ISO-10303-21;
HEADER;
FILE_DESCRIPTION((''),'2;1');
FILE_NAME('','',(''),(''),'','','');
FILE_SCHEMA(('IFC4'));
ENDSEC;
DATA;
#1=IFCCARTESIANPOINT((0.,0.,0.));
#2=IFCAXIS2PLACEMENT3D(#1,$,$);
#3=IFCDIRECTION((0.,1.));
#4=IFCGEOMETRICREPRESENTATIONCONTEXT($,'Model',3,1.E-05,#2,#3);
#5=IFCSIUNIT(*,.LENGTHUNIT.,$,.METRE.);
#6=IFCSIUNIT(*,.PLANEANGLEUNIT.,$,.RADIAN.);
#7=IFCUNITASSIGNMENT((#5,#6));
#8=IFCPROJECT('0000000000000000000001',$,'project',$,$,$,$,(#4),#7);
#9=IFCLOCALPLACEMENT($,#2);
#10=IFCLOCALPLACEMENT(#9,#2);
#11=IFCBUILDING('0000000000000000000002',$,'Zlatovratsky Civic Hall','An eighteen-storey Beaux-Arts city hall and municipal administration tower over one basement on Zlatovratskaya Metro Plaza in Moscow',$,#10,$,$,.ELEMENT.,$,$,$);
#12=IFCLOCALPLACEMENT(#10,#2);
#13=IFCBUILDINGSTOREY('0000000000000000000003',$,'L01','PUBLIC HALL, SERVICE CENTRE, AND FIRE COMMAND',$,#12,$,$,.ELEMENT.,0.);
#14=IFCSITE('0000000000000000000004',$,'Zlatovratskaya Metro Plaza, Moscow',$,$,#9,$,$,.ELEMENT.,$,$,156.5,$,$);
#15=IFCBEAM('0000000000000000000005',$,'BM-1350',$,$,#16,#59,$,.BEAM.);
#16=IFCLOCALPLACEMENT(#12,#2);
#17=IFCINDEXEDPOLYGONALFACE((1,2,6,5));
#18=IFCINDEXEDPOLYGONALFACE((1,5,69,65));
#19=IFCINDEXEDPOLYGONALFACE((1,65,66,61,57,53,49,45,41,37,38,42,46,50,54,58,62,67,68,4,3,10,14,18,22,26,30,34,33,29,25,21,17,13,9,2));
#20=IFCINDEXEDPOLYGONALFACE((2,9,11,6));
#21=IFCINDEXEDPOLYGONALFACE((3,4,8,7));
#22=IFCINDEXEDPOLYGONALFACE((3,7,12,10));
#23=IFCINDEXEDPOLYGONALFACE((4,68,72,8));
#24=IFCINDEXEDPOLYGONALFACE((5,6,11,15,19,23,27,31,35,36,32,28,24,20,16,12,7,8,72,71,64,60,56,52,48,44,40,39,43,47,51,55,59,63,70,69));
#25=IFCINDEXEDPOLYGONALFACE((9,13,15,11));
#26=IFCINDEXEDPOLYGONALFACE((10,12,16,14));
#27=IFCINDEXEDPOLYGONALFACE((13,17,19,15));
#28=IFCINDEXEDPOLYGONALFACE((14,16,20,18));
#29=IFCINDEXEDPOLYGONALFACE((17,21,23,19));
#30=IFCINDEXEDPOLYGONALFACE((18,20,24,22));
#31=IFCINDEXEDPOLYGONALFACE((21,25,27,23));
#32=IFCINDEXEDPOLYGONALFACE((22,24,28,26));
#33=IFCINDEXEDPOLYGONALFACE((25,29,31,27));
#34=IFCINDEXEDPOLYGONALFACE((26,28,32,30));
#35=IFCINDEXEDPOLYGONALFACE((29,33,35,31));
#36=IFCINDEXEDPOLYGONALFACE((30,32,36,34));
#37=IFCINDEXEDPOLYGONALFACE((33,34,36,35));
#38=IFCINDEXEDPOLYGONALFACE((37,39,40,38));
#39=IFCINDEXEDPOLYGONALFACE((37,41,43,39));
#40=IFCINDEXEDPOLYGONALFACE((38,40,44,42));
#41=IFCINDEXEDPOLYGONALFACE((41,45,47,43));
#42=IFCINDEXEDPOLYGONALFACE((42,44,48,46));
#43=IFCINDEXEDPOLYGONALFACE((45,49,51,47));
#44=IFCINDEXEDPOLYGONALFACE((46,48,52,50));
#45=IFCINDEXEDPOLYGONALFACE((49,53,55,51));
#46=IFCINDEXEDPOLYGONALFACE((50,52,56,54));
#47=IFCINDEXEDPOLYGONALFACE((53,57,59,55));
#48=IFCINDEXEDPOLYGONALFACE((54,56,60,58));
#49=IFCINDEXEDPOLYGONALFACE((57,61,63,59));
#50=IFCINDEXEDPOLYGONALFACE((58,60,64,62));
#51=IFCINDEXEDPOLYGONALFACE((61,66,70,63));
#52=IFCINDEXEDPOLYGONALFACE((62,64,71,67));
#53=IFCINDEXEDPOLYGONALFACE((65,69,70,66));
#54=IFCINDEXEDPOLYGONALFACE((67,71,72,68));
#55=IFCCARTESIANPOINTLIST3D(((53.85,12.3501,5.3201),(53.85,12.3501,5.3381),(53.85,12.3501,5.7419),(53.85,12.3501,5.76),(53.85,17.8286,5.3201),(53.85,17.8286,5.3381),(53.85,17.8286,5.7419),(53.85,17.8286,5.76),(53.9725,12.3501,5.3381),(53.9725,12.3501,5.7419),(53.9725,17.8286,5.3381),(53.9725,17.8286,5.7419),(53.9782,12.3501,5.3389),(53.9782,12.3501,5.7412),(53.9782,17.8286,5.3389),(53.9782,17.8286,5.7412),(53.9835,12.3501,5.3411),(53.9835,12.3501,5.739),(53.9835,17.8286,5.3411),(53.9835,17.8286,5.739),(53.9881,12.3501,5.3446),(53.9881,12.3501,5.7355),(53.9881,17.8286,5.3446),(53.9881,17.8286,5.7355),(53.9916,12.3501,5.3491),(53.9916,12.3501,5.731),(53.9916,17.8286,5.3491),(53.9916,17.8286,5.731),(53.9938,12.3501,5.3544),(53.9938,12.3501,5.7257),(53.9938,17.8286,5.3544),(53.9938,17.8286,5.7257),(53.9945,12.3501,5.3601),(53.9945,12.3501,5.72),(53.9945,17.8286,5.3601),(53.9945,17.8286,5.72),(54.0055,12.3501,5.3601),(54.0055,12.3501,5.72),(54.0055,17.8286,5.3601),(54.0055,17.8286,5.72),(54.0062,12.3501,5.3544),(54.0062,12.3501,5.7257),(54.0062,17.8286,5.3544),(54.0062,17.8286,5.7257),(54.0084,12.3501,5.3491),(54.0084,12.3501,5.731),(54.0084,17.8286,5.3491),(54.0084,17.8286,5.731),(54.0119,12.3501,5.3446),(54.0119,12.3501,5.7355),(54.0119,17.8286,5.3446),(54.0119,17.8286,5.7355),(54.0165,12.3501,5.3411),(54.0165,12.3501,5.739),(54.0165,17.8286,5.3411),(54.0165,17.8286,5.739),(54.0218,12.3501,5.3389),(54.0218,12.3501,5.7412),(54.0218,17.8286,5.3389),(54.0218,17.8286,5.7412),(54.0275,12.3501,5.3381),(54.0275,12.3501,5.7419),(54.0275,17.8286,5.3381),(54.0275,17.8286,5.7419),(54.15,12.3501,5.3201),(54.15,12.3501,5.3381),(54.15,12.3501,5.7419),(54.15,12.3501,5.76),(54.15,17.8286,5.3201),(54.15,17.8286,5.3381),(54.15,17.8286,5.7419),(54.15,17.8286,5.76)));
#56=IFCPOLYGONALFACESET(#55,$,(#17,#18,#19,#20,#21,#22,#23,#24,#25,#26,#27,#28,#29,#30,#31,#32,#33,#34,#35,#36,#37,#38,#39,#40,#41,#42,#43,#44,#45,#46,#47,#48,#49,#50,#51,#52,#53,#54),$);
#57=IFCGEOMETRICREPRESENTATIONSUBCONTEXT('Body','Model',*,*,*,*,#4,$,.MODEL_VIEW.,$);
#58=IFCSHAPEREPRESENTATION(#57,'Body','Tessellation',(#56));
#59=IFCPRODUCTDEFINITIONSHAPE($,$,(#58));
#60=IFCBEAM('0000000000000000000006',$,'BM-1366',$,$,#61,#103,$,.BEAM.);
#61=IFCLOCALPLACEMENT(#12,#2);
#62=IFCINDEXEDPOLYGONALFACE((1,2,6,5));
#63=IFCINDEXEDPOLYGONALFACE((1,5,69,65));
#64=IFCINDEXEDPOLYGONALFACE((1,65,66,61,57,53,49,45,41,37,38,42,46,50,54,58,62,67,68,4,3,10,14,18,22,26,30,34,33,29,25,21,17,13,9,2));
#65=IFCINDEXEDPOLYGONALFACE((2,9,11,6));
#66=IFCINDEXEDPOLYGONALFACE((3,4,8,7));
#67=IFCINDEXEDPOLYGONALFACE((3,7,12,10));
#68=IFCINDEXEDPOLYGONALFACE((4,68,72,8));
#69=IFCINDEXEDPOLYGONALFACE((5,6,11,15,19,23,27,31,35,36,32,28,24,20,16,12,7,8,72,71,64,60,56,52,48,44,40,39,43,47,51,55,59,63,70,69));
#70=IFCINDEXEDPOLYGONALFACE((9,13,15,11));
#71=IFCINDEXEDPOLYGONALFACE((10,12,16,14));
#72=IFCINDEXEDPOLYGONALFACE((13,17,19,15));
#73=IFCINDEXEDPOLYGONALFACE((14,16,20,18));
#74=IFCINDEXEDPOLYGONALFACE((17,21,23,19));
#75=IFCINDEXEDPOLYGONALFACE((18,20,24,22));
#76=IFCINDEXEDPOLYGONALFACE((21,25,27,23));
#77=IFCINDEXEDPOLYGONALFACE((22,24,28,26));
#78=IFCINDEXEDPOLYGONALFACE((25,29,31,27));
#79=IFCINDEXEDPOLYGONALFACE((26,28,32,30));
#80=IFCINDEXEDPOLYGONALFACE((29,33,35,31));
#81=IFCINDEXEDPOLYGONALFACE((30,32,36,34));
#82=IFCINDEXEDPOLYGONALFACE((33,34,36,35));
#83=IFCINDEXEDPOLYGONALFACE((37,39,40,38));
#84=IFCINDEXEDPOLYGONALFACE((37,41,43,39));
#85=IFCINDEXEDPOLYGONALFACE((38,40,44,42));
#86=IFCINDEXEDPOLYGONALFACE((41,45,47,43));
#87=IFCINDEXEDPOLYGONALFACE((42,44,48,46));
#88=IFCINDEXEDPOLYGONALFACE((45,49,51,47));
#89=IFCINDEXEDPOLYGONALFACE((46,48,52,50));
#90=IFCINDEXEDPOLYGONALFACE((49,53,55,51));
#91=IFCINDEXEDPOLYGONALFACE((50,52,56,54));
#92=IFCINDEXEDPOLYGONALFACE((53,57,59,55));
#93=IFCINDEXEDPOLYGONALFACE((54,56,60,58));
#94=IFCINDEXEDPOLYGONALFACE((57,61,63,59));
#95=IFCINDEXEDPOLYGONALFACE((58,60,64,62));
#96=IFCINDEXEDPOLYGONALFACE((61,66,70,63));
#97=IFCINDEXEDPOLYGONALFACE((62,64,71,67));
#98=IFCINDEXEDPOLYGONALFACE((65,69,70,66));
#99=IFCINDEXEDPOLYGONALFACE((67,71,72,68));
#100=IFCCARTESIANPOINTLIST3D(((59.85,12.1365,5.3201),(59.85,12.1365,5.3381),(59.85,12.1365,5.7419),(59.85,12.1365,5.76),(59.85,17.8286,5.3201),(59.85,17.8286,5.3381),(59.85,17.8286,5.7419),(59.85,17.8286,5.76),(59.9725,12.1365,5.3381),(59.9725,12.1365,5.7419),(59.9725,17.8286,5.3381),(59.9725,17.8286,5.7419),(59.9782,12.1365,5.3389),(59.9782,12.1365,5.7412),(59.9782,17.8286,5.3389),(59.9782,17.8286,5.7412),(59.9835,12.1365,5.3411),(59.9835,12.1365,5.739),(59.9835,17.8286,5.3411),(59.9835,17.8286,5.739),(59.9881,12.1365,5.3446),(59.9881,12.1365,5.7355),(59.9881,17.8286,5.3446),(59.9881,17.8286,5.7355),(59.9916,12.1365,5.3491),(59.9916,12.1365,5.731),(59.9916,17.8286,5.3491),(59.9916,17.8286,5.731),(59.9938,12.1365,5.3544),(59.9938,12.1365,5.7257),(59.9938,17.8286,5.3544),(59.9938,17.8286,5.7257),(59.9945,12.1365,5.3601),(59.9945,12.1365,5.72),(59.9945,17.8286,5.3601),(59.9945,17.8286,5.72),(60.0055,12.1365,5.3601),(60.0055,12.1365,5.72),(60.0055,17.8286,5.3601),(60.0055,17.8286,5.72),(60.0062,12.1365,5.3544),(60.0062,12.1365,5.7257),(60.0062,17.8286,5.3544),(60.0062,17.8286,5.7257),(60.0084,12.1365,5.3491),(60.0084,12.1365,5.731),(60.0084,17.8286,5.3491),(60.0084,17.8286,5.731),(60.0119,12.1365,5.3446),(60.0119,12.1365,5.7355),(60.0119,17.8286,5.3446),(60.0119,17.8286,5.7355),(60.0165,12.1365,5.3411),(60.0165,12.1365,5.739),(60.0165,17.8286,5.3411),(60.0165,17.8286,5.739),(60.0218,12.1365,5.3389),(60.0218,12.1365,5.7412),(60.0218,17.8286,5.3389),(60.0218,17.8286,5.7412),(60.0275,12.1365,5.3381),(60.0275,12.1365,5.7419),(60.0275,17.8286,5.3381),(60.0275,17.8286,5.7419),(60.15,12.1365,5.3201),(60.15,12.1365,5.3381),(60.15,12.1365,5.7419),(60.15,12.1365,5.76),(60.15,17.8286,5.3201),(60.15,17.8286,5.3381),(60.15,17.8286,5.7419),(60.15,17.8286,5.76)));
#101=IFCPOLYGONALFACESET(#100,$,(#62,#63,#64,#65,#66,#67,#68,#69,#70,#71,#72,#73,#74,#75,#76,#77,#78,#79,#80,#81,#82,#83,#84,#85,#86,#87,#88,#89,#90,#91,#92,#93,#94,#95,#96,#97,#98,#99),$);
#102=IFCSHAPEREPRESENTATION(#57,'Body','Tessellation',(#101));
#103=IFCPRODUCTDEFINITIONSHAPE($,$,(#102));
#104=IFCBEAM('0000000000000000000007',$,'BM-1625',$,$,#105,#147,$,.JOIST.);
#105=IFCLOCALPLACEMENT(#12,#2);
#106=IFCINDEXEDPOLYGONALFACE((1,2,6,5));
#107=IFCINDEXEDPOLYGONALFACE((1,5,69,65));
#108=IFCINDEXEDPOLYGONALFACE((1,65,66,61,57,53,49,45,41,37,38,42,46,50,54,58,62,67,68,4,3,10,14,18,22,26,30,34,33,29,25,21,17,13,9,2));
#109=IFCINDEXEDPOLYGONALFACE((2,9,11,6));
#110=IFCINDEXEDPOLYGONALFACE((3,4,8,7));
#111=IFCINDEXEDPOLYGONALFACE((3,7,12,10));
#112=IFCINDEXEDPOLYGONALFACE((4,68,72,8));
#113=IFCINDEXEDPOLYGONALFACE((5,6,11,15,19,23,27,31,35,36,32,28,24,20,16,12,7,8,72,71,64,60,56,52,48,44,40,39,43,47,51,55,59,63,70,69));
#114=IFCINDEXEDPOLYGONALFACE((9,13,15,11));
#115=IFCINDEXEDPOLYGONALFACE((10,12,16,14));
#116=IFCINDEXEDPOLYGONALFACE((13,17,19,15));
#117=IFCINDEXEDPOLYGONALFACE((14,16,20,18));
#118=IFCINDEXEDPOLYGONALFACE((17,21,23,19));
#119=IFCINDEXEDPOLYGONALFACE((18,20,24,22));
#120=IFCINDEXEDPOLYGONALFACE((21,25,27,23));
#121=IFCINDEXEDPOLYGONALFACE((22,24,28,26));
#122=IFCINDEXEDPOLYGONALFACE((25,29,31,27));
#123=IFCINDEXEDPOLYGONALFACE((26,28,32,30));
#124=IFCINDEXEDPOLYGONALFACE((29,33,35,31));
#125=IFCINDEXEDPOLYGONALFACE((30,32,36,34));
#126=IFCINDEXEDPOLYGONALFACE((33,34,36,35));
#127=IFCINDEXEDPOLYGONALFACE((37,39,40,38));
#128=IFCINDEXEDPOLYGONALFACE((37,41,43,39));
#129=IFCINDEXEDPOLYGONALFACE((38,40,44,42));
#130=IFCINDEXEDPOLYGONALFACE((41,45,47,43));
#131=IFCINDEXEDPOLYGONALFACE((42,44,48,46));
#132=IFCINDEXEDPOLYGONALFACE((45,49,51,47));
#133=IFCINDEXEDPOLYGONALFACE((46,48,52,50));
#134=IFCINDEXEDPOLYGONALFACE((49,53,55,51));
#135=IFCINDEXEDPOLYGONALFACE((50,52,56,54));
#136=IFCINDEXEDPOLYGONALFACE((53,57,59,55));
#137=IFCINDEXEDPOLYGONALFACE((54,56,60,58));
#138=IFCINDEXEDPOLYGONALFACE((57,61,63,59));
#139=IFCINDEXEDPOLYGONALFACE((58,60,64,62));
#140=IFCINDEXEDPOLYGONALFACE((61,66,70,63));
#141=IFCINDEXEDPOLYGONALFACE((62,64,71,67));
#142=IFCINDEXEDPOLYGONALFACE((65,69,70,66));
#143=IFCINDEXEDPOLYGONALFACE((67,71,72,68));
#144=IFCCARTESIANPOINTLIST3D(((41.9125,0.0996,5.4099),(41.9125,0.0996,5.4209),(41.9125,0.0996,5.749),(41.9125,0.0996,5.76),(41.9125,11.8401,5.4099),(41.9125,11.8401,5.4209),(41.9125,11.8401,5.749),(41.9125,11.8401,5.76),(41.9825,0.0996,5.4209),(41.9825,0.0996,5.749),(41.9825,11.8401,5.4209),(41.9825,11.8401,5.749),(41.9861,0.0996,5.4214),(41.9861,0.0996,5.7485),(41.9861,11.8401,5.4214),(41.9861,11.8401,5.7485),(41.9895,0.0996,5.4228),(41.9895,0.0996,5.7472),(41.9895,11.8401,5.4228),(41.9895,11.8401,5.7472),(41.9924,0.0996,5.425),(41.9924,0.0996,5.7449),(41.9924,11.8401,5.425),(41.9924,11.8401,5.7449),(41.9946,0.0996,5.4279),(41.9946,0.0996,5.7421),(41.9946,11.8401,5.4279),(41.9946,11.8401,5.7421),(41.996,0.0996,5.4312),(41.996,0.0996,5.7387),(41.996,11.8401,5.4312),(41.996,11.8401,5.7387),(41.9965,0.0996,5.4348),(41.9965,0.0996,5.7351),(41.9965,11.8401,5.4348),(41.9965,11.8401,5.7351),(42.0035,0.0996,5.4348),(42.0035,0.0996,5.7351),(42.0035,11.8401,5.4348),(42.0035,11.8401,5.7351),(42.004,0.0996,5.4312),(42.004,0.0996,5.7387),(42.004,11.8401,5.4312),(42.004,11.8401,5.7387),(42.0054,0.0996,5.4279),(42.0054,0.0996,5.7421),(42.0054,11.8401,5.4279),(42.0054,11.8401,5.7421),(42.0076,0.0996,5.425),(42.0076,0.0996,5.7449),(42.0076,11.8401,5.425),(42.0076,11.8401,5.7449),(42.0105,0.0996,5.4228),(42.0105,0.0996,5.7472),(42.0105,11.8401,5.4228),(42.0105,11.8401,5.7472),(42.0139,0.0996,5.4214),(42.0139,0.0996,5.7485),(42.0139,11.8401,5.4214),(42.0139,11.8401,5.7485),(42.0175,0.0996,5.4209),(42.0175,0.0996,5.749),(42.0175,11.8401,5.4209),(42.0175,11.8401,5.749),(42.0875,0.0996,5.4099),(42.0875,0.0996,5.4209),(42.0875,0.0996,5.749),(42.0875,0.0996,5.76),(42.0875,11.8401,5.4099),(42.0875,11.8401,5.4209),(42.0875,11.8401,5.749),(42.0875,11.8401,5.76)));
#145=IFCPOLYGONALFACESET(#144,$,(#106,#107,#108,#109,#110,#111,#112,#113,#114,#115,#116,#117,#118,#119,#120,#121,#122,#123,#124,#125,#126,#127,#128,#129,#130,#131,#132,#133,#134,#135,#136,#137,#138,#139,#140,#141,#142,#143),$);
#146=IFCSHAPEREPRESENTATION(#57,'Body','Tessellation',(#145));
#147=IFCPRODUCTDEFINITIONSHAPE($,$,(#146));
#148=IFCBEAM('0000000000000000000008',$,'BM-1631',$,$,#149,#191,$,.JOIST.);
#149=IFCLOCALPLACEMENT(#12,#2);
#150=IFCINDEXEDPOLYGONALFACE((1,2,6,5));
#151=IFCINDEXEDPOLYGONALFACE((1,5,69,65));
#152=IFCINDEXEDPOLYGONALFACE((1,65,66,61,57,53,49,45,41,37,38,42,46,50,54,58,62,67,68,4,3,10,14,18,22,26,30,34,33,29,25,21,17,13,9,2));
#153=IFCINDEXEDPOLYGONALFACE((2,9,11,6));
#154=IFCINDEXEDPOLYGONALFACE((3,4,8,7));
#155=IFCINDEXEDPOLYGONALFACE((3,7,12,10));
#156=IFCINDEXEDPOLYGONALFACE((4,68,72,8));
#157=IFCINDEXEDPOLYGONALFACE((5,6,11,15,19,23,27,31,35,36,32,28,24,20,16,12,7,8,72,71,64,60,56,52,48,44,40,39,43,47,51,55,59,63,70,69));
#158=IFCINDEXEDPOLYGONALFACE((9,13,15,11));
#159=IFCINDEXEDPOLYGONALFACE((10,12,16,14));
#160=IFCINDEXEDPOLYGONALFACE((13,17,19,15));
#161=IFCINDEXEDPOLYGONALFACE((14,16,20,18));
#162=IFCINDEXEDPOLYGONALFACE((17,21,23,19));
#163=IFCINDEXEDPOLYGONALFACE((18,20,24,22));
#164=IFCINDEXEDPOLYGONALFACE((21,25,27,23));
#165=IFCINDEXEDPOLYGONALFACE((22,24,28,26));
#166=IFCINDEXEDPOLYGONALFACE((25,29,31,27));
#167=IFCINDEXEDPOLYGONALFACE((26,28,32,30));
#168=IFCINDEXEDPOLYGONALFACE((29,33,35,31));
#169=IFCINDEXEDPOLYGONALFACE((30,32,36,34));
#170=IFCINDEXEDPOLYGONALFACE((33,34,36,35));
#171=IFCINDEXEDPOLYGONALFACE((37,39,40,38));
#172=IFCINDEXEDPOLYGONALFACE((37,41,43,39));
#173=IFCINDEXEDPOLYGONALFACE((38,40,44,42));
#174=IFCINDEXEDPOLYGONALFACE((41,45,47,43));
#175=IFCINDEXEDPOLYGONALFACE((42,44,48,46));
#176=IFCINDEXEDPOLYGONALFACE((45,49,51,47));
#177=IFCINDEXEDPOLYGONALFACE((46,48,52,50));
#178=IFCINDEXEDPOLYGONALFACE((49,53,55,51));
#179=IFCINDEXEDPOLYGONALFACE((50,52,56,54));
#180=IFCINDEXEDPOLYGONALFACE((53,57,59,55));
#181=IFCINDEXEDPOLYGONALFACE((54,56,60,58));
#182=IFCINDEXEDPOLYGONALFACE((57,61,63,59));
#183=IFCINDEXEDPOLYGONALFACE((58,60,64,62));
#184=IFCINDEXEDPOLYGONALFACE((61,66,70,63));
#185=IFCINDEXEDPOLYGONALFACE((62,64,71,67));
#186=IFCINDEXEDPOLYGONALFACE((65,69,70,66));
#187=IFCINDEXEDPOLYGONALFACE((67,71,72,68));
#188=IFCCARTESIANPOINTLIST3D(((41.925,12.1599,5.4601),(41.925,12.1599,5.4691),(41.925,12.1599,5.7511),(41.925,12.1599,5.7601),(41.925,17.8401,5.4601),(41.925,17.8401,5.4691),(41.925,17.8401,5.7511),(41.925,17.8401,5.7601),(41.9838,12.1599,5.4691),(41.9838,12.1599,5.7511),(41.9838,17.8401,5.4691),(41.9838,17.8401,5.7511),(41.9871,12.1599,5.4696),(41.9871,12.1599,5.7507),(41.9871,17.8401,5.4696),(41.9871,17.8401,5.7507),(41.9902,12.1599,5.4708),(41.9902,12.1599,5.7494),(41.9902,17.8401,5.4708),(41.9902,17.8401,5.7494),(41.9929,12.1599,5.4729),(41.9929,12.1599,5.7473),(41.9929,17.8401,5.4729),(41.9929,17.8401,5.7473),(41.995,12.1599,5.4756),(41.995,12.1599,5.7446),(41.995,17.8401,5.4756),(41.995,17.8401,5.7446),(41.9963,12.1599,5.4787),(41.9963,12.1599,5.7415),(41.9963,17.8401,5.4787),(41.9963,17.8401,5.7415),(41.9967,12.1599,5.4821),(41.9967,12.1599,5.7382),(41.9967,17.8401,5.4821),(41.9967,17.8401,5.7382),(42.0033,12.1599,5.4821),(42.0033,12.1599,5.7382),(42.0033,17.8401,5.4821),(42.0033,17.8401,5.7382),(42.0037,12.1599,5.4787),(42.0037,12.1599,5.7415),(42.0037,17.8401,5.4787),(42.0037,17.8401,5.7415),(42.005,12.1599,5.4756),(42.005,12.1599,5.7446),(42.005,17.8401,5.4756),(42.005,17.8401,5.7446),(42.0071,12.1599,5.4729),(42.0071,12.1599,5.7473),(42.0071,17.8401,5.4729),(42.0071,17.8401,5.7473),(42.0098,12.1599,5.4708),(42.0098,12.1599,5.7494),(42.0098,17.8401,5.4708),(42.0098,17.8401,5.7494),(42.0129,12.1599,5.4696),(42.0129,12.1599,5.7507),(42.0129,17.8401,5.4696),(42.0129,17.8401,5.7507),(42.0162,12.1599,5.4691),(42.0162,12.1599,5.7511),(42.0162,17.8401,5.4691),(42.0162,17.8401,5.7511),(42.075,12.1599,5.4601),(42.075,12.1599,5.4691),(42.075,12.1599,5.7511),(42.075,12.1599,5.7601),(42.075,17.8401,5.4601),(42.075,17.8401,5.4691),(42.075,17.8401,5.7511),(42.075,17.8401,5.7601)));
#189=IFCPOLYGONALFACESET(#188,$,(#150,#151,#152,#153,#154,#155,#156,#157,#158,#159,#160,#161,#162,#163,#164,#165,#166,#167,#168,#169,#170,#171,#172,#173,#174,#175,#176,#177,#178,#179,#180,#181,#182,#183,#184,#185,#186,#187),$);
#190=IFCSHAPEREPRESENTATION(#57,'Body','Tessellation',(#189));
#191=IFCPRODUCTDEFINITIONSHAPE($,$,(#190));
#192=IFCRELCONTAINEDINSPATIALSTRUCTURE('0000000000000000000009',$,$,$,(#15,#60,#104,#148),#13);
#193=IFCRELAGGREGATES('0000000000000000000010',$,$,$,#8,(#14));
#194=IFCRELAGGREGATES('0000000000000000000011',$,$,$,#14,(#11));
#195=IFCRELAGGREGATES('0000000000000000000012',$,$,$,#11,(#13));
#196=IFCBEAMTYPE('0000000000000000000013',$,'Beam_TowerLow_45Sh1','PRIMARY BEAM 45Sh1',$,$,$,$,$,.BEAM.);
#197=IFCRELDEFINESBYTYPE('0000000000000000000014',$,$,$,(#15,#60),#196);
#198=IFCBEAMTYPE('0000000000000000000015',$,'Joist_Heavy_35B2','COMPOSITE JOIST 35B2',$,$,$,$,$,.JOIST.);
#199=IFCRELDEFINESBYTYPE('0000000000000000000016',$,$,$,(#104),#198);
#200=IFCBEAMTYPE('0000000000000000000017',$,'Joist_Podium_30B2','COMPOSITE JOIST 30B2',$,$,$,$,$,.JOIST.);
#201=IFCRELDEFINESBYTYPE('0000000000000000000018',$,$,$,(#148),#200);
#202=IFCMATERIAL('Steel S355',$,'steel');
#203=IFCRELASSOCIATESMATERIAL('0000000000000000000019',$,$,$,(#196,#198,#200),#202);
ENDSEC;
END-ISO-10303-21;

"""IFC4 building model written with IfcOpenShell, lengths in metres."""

from ifc_helpers import new_model, si_unit, direction, frame, origin, origin_2d, place, context, subcontext, project, spatial, i_section, extrude, material, material_profile, profile_set, type_object, element, save


model = new_model("IFC4")

# Units and contexts
model_context = context("Model", 3, precision=1e-05, world=origin(), true_north=direction((0.0, 1.0)))
body_context = subcontext(model_context, "Body", "Model", "MODEL_VIEW")
ifc_project = project(units=[si_unit("LENGTHUNIT", "METRE"), si_unit("PLANEANGLEUNIT", "RADIAN")], contexts=[model_context])

# Site, building, storey
site_placement = place(None, origin())
site = spatial("IfcSite", under=ifc_project, at=site_placement, Name="Zlatovratskaya Metro Plaza, Moscow", CompositionType="ELEMENT", RefElevation=156.5)
building_placement = place(site_placement, origin())
building = spatial("IfcBuilding", under=site, at=building_placement, Name="Zlatovratsky Civic Hall", Description="An eighteen-storey Beaux-Arts city hall and municipal administration tower over one basement on Zlatovratskaya Metro Plaza in Moscow", CompositionType="ELEMENT")
storey_placement = place(building_placement, origin())
storey = spatial("IfcBuildingStorey", under=building, at=storey_placement, Name="L01", Description="PUBLIC HALL, SERVICE CENTRE, AND FIRE COMMAND", CompositionType="ELEMENT", Elevation=0.0)

# Shared definitions
ifc_material_1 = material(Name="Steel S355", Category="steel")

# Beams
ifc_material_profile_1 = material_profile(ifc_material_1, i_section(OverallWidth=0.3, OverallDepth=0.4399, WebThickness=0.011, FlangeThickness=0.0181, FilletRadius=0.022, at=origin_2d()), Name="45Sh1")
ifc_profile_set_1 = profile_set([ifc_material_profile_1], Name="Steel S355")
beam_type_1 = type_object("IfcBeamType", Name="Beam_TowerLow_45Sh1", Description="PRIMARY BEAM 45Sh1", PredefinedType="BEAM", material=ifc_profile_set_1)
beam_1_placement = place(storey_placement, frame((54.0, 12.3501, 5.54), z_axis=(0.0, 1.0, 0.0), x_axis=(-1.0, 0.0, 0.0)))
element("IfcBeam", 1, at=beam_1_placement, inside=storey, type_object=beam_type_1, Name="BM-1350", PredefinedType="BEAM", context=body_context, shape_type="SweptSolid", body=[
    extrude(i_section(OverallWidth=0.3, OverallDepth=0.4399, WebThickness=0.011, FlangeThickness=0.0181, FilletRadius=0.022, at=origin_2d()), origin(), (0.0, 0.0, 1.0), 5.4785),
])
beam_2_placement = place(storey_placement, frame((60.0, 12.1365, 5.54), z_axis=(0.0, 1.0, 0.0), x_axis=(-1.0, 0.0, 0.0)))
element("IfcBeam", 2, at=beam_2_placement, inside=storey, type_object=beam_type_1, Name="BM-1366", PredefinedType="BEAM", context=body_context, shape_type="SweptSolid", body=[
    extrude(i_section(OverallWidth=0.3, OverallDepth=0.4399, WebThickness=0.011, FlangeThickness=0.0181, FilletRadius=0.022, at=origin_2d()), origin(), (0.0, 0.0, 1.0), 5.6921),
])
ifc_material_profile_2 = material_profile(ifc_material_1, i_section(OverallWidth=0.175, OverallDepth=0.3501, WebThickness=0.0071, FlangeThickness=0.011, FilletRadius=0.0139, at=origin_2d()), Name="35B2")
ifc_profile_set_2 = profile_set([ifc_material_profile_2], Name="Steel S355")
beam_type_2 = type_object("IfcBeamType", Name="Joist_Heavy_35B2", Description="COMPOSITE JOIST 35B2", PredefinedType="JOIST", material=ifc_profile_set_2)
beam_3_placement = place(storey_placement, frame((42.0, 0.0996, 5.585), z_axis=(0.0, 1.0, 0.0), x_axis=(-1.0, 0.0, 0.0)))
element("IfcBeam", 3, at=beam_3_placement, inside=storey, type_object=beam_type_2, Name="BM-1625", PredefinedType="JOIST", context=body_context, shape_type="SweptSolid", body=[
    extrude(i_section(OverallWidth=0.175, OverallDepth=0.3501, WebThickness=0.0071, FlangeThickness=0.011, FilletRadius=0.0139, at=origin_2d()), origin(), (0.0, 0.0, 1.0), 11.7405),
])
ifc_material_profile_3 = material_profile(ifc_material_1, i_section(OverallWidth=0.1499, OverallDepth=0.3, WebThickness=0.0066, FlangeThickness=0.009, FilletRadius=0.0129, at=origin_2d()), Name="30B2")
ifc_profile_set_3 = profile_set([ifc_material_profile_3], Name="Steel S355")
beam_type_3 = type_object("IfcBeamType", Name="Joist_Podium_30B2", Description="COMPOSITE JOIST 30B2", PredefinedType="JOIST", material=ifc_profile_set_3)
beam_4_placement = place(storey_placement, frame((42.0, 12.1599, 5.6101), z_axis=(0.0, 1.0, 0.0), x_axis=(-1.0, 0.0, 0.0)))
element("IfcBeam", 4, at=beam_4_placement, inside=storey, type_object=beam_type_3, Name="BM-1631", PredefinedType="JOIST", context=body_context, shape_type="SweptSolid", body=[
    extrude(i_section(OverallWidth=0.1499, OverallDepth=0.3, WebThickness=0.0066, FlangeThickness=0.009, FilletRadius=0.0129, at=origin_2d()), origin(), (0.0, 0.0, 1.0), 5.6802),
])

save(model, "model.ifc")
